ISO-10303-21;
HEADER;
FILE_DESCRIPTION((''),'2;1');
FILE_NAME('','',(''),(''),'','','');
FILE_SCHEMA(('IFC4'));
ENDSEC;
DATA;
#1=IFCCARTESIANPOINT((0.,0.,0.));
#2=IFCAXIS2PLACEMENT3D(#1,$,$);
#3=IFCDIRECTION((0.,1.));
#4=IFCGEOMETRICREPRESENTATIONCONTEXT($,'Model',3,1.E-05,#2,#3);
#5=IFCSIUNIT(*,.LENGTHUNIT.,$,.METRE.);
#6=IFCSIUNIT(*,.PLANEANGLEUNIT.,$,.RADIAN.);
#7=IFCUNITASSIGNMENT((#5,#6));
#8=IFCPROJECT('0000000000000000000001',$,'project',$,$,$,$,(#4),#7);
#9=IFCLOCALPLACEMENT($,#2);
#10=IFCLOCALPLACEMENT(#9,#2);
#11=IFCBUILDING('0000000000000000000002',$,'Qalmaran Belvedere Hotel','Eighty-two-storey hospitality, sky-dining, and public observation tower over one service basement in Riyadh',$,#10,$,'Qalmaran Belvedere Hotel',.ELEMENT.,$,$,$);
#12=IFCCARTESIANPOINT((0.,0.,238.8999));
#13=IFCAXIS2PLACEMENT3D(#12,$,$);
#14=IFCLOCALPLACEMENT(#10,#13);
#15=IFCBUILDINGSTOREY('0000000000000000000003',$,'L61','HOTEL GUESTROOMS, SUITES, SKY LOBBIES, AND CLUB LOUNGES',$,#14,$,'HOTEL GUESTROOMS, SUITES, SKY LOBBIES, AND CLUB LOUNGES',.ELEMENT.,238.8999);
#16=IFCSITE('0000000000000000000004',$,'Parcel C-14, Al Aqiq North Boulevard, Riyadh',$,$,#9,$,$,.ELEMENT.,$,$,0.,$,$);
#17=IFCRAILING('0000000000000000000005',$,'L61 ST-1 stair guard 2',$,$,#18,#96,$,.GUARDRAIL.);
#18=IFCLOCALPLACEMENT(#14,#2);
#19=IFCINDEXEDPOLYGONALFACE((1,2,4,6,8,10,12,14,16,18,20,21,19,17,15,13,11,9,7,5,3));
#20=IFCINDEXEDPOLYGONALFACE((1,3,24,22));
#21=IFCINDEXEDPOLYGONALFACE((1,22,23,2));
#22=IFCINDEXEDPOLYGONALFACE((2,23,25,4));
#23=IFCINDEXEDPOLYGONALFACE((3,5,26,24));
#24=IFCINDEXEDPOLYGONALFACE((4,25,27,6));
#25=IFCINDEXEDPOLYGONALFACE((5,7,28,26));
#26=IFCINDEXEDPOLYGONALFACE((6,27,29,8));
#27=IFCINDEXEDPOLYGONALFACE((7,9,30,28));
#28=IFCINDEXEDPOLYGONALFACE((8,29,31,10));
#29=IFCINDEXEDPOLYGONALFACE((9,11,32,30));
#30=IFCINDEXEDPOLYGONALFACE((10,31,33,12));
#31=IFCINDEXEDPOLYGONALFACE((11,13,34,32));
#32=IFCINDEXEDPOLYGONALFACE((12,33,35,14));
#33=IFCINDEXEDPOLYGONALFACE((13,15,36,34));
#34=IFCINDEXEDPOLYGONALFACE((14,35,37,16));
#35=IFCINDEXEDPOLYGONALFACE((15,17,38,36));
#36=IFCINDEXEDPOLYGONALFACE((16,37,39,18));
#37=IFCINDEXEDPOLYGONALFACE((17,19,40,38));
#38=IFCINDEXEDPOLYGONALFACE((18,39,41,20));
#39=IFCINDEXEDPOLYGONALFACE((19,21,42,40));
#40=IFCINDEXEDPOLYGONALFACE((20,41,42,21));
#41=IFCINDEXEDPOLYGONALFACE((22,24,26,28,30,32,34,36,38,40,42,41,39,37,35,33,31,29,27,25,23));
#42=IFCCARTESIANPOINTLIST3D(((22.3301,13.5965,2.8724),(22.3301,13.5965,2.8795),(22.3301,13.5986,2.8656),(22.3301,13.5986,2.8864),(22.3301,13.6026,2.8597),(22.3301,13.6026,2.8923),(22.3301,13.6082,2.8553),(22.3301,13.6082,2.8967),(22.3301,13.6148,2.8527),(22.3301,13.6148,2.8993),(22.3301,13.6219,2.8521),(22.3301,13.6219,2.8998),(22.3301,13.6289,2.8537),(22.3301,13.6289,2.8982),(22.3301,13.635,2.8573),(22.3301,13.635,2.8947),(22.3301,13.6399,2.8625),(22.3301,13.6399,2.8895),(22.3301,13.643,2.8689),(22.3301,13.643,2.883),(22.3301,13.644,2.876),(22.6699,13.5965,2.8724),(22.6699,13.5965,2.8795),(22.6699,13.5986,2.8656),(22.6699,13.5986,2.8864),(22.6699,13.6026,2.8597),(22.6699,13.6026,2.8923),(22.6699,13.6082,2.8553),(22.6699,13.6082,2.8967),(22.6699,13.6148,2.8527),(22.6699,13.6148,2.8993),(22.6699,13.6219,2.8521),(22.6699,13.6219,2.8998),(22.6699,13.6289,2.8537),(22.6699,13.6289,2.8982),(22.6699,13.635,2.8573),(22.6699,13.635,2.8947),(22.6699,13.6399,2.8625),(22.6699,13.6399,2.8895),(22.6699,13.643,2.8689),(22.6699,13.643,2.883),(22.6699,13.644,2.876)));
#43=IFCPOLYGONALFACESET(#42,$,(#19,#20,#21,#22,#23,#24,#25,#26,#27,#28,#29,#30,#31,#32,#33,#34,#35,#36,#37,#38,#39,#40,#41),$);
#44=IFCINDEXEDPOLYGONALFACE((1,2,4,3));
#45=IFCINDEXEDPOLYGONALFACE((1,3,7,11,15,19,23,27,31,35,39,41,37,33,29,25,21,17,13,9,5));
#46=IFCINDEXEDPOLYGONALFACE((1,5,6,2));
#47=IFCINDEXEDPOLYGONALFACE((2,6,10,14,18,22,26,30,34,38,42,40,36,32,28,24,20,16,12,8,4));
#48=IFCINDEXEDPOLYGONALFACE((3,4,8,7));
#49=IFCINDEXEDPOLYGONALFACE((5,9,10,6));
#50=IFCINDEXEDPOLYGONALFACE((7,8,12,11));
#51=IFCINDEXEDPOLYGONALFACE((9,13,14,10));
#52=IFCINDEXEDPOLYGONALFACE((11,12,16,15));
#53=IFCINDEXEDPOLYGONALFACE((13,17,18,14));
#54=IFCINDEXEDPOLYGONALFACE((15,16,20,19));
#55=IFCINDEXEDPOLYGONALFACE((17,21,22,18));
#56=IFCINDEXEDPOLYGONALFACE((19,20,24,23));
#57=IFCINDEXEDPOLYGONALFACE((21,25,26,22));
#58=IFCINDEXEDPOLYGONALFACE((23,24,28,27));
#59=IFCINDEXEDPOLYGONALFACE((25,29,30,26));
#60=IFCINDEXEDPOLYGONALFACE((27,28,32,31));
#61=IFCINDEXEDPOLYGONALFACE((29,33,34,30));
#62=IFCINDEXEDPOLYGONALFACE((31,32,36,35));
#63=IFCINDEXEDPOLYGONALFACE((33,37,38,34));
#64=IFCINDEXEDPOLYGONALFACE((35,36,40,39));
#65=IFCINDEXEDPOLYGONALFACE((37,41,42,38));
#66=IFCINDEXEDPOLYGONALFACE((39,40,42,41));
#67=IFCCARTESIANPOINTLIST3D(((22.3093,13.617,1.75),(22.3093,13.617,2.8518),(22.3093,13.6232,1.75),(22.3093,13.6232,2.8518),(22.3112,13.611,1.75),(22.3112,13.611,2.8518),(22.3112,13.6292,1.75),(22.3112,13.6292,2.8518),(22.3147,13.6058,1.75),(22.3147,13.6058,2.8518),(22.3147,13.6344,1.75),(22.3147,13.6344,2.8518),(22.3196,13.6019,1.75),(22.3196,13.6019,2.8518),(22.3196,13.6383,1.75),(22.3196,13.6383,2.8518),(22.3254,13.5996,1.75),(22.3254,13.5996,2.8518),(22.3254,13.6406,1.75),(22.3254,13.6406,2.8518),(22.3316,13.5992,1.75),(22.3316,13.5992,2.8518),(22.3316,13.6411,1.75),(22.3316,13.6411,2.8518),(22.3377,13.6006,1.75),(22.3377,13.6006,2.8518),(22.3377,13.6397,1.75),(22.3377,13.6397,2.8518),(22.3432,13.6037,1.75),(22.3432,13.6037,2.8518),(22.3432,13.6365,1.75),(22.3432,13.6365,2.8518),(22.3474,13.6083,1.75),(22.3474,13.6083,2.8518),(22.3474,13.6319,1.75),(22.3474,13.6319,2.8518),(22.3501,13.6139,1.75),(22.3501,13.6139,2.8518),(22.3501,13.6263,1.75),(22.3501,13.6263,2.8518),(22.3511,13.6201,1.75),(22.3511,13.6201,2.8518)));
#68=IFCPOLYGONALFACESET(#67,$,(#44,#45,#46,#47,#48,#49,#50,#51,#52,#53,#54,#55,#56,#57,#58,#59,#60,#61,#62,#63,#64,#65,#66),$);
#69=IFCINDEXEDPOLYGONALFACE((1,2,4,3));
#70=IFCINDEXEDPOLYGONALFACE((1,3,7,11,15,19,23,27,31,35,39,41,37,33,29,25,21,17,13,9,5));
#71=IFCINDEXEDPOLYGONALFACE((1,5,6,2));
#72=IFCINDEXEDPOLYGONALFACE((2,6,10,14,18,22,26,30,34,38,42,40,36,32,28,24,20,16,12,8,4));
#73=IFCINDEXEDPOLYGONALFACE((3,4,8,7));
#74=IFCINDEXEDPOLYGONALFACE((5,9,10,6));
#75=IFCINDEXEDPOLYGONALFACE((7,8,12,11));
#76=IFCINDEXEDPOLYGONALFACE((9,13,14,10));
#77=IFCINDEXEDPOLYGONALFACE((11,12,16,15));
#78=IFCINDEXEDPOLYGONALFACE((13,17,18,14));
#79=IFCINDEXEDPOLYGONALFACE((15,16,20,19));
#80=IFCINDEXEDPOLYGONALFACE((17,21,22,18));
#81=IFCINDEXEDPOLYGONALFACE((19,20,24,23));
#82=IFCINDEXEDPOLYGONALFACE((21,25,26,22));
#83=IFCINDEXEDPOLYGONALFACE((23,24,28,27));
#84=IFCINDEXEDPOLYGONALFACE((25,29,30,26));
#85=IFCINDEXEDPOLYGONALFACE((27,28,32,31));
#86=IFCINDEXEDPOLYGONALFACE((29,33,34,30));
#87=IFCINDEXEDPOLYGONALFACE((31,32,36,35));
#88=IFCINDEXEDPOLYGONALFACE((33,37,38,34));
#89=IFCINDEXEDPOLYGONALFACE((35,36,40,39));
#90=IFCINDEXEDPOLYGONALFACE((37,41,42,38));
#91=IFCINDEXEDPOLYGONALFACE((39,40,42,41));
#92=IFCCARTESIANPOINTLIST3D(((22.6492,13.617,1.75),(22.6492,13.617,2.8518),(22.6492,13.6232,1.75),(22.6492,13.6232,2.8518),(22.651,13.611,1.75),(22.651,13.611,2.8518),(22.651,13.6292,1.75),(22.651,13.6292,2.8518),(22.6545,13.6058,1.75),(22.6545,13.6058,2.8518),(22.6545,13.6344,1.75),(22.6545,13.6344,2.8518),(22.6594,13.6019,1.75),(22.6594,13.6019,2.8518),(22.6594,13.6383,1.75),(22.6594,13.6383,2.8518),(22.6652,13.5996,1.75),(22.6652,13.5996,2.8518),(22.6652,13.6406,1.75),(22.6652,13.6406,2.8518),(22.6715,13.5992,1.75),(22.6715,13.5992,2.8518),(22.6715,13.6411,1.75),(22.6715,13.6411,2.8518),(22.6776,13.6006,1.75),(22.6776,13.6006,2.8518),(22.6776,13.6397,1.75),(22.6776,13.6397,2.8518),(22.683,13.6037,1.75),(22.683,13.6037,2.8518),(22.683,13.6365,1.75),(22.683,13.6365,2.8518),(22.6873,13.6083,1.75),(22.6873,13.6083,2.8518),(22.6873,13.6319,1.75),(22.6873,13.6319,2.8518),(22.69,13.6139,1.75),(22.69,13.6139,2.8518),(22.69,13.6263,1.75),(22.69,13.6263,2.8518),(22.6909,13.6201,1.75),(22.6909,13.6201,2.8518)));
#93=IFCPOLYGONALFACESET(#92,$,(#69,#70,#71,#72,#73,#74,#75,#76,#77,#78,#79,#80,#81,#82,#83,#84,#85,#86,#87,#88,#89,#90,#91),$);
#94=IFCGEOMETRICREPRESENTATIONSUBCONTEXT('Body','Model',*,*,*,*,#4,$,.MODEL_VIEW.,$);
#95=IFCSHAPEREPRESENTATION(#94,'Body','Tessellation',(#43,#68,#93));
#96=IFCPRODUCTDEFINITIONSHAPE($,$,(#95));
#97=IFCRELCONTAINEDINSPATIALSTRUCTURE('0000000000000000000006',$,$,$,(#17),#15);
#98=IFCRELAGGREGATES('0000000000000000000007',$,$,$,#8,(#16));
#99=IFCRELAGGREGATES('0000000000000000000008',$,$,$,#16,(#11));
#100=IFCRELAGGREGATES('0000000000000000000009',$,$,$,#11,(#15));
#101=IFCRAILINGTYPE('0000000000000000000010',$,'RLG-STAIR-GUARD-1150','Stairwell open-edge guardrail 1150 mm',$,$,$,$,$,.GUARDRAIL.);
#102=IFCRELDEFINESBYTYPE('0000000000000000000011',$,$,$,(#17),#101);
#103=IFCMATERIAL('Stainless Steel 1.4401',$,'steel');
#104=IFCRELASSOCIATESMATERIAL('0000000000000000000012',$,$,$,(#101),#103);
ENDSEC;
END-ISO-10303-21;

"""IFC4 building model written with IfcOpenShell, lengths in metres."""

from ifc_helpers import new_model, si_unit, direction, frame, origin, origin_2d, place, context, subcontext, project, spatial, circle, extrude, material, type_object, element, save


model = new_model("IFC4")

# Units and contexts
model_context = context("Model", 3, precision=1e-05, world=origin(), true_north=direction((0.0, 1.0)))
body_context = subcontext(model_context, "Body", "Model", "MODEL_VIEW")
ifc_project = project(units=[si_unit("LENGTHUNIT", "METRE"), si_unit("PLANEANGLEUNIT", "RADIAN")], contexts=[model_context])

# Site, building, storey
site_placement = place(None, origin())
site = spatial("IfcSite", under=ifc_project, at=site_placement, Name="Parcel C-14, Al Aqiq North Boulevard, Riyadh", CompositionType="ELEMENT", RefElevation=0.0)
building_placement = place(site_placement, origin())
building = spatial("IfcBuilding", under=site, at=building_placement, Name="Qalmaran Belvedere Hotel", Description="Eighty-two-storey hospitality, sky-dining, and public observation tower over one service basement in Riyadh", LongName="Qalmaran Belvedere Hotel", CompositionType="ELEMENT")
storey_placement = place(building_placement, frame((0.0, 0.0, 238.8999)))
storey = spatial("IfcBuildingStorey", under=building, at=storey_placement, Name="L61", Description="HOTEL GUESTROOMS, SUITES, SKY LOBBIES, AND CLUB LOUNGES", LongName="HOTEL GUESTROOMS, SUITES, SKY LOBBIES, AND CLUB LOUNGES", CompositionType="ELEMENT", Elevation=238.8999)

# Railing
ifc_material_1 = material(Name="Stainless Steel 1.4401", Category="steel")
railing_type_1 = type_object("IfcRailingType", Name="RLG-STAIR-GUARD-1150", Description="Stairwell open-edge guardrail 1150 mm", PredefinedType="GUARDRAIL", material=ifc_material_1)
railing_1_placement = place(storey_placement, frame((22.3301, 13.6201, 1.75)))
element("IfcRailing", 1, at=railing_1_placement, inside=storey, type_object=railing_type_1, Name="L61 ST-1 stair guard 2", PredefinedType="GUARDRAIL", context=body_context, shape_type="SweptSolid", body=[
    extrude(circle(Radius=0.0239, at=origin_2d()), frame((0.0, 0.0, 1.126), z_axis=(1.0, 0.0, 0.0), x_axis=(0.0, 1.0, 0.0)), (0.0, 0.0, 1.0), 0.3398),
    extrude(circle(Radius=0.021, at=origin_2d()), origin(), (0.0, 0.0, 1.0), 1.1018),
    extrude(circle(Radius=0.021, at=origin_2d()), frame((0.3398, 0.0, 0.0)), (0.0, 0.0, 1.0), 1.1018),
])

save(model, "model.ifc")
